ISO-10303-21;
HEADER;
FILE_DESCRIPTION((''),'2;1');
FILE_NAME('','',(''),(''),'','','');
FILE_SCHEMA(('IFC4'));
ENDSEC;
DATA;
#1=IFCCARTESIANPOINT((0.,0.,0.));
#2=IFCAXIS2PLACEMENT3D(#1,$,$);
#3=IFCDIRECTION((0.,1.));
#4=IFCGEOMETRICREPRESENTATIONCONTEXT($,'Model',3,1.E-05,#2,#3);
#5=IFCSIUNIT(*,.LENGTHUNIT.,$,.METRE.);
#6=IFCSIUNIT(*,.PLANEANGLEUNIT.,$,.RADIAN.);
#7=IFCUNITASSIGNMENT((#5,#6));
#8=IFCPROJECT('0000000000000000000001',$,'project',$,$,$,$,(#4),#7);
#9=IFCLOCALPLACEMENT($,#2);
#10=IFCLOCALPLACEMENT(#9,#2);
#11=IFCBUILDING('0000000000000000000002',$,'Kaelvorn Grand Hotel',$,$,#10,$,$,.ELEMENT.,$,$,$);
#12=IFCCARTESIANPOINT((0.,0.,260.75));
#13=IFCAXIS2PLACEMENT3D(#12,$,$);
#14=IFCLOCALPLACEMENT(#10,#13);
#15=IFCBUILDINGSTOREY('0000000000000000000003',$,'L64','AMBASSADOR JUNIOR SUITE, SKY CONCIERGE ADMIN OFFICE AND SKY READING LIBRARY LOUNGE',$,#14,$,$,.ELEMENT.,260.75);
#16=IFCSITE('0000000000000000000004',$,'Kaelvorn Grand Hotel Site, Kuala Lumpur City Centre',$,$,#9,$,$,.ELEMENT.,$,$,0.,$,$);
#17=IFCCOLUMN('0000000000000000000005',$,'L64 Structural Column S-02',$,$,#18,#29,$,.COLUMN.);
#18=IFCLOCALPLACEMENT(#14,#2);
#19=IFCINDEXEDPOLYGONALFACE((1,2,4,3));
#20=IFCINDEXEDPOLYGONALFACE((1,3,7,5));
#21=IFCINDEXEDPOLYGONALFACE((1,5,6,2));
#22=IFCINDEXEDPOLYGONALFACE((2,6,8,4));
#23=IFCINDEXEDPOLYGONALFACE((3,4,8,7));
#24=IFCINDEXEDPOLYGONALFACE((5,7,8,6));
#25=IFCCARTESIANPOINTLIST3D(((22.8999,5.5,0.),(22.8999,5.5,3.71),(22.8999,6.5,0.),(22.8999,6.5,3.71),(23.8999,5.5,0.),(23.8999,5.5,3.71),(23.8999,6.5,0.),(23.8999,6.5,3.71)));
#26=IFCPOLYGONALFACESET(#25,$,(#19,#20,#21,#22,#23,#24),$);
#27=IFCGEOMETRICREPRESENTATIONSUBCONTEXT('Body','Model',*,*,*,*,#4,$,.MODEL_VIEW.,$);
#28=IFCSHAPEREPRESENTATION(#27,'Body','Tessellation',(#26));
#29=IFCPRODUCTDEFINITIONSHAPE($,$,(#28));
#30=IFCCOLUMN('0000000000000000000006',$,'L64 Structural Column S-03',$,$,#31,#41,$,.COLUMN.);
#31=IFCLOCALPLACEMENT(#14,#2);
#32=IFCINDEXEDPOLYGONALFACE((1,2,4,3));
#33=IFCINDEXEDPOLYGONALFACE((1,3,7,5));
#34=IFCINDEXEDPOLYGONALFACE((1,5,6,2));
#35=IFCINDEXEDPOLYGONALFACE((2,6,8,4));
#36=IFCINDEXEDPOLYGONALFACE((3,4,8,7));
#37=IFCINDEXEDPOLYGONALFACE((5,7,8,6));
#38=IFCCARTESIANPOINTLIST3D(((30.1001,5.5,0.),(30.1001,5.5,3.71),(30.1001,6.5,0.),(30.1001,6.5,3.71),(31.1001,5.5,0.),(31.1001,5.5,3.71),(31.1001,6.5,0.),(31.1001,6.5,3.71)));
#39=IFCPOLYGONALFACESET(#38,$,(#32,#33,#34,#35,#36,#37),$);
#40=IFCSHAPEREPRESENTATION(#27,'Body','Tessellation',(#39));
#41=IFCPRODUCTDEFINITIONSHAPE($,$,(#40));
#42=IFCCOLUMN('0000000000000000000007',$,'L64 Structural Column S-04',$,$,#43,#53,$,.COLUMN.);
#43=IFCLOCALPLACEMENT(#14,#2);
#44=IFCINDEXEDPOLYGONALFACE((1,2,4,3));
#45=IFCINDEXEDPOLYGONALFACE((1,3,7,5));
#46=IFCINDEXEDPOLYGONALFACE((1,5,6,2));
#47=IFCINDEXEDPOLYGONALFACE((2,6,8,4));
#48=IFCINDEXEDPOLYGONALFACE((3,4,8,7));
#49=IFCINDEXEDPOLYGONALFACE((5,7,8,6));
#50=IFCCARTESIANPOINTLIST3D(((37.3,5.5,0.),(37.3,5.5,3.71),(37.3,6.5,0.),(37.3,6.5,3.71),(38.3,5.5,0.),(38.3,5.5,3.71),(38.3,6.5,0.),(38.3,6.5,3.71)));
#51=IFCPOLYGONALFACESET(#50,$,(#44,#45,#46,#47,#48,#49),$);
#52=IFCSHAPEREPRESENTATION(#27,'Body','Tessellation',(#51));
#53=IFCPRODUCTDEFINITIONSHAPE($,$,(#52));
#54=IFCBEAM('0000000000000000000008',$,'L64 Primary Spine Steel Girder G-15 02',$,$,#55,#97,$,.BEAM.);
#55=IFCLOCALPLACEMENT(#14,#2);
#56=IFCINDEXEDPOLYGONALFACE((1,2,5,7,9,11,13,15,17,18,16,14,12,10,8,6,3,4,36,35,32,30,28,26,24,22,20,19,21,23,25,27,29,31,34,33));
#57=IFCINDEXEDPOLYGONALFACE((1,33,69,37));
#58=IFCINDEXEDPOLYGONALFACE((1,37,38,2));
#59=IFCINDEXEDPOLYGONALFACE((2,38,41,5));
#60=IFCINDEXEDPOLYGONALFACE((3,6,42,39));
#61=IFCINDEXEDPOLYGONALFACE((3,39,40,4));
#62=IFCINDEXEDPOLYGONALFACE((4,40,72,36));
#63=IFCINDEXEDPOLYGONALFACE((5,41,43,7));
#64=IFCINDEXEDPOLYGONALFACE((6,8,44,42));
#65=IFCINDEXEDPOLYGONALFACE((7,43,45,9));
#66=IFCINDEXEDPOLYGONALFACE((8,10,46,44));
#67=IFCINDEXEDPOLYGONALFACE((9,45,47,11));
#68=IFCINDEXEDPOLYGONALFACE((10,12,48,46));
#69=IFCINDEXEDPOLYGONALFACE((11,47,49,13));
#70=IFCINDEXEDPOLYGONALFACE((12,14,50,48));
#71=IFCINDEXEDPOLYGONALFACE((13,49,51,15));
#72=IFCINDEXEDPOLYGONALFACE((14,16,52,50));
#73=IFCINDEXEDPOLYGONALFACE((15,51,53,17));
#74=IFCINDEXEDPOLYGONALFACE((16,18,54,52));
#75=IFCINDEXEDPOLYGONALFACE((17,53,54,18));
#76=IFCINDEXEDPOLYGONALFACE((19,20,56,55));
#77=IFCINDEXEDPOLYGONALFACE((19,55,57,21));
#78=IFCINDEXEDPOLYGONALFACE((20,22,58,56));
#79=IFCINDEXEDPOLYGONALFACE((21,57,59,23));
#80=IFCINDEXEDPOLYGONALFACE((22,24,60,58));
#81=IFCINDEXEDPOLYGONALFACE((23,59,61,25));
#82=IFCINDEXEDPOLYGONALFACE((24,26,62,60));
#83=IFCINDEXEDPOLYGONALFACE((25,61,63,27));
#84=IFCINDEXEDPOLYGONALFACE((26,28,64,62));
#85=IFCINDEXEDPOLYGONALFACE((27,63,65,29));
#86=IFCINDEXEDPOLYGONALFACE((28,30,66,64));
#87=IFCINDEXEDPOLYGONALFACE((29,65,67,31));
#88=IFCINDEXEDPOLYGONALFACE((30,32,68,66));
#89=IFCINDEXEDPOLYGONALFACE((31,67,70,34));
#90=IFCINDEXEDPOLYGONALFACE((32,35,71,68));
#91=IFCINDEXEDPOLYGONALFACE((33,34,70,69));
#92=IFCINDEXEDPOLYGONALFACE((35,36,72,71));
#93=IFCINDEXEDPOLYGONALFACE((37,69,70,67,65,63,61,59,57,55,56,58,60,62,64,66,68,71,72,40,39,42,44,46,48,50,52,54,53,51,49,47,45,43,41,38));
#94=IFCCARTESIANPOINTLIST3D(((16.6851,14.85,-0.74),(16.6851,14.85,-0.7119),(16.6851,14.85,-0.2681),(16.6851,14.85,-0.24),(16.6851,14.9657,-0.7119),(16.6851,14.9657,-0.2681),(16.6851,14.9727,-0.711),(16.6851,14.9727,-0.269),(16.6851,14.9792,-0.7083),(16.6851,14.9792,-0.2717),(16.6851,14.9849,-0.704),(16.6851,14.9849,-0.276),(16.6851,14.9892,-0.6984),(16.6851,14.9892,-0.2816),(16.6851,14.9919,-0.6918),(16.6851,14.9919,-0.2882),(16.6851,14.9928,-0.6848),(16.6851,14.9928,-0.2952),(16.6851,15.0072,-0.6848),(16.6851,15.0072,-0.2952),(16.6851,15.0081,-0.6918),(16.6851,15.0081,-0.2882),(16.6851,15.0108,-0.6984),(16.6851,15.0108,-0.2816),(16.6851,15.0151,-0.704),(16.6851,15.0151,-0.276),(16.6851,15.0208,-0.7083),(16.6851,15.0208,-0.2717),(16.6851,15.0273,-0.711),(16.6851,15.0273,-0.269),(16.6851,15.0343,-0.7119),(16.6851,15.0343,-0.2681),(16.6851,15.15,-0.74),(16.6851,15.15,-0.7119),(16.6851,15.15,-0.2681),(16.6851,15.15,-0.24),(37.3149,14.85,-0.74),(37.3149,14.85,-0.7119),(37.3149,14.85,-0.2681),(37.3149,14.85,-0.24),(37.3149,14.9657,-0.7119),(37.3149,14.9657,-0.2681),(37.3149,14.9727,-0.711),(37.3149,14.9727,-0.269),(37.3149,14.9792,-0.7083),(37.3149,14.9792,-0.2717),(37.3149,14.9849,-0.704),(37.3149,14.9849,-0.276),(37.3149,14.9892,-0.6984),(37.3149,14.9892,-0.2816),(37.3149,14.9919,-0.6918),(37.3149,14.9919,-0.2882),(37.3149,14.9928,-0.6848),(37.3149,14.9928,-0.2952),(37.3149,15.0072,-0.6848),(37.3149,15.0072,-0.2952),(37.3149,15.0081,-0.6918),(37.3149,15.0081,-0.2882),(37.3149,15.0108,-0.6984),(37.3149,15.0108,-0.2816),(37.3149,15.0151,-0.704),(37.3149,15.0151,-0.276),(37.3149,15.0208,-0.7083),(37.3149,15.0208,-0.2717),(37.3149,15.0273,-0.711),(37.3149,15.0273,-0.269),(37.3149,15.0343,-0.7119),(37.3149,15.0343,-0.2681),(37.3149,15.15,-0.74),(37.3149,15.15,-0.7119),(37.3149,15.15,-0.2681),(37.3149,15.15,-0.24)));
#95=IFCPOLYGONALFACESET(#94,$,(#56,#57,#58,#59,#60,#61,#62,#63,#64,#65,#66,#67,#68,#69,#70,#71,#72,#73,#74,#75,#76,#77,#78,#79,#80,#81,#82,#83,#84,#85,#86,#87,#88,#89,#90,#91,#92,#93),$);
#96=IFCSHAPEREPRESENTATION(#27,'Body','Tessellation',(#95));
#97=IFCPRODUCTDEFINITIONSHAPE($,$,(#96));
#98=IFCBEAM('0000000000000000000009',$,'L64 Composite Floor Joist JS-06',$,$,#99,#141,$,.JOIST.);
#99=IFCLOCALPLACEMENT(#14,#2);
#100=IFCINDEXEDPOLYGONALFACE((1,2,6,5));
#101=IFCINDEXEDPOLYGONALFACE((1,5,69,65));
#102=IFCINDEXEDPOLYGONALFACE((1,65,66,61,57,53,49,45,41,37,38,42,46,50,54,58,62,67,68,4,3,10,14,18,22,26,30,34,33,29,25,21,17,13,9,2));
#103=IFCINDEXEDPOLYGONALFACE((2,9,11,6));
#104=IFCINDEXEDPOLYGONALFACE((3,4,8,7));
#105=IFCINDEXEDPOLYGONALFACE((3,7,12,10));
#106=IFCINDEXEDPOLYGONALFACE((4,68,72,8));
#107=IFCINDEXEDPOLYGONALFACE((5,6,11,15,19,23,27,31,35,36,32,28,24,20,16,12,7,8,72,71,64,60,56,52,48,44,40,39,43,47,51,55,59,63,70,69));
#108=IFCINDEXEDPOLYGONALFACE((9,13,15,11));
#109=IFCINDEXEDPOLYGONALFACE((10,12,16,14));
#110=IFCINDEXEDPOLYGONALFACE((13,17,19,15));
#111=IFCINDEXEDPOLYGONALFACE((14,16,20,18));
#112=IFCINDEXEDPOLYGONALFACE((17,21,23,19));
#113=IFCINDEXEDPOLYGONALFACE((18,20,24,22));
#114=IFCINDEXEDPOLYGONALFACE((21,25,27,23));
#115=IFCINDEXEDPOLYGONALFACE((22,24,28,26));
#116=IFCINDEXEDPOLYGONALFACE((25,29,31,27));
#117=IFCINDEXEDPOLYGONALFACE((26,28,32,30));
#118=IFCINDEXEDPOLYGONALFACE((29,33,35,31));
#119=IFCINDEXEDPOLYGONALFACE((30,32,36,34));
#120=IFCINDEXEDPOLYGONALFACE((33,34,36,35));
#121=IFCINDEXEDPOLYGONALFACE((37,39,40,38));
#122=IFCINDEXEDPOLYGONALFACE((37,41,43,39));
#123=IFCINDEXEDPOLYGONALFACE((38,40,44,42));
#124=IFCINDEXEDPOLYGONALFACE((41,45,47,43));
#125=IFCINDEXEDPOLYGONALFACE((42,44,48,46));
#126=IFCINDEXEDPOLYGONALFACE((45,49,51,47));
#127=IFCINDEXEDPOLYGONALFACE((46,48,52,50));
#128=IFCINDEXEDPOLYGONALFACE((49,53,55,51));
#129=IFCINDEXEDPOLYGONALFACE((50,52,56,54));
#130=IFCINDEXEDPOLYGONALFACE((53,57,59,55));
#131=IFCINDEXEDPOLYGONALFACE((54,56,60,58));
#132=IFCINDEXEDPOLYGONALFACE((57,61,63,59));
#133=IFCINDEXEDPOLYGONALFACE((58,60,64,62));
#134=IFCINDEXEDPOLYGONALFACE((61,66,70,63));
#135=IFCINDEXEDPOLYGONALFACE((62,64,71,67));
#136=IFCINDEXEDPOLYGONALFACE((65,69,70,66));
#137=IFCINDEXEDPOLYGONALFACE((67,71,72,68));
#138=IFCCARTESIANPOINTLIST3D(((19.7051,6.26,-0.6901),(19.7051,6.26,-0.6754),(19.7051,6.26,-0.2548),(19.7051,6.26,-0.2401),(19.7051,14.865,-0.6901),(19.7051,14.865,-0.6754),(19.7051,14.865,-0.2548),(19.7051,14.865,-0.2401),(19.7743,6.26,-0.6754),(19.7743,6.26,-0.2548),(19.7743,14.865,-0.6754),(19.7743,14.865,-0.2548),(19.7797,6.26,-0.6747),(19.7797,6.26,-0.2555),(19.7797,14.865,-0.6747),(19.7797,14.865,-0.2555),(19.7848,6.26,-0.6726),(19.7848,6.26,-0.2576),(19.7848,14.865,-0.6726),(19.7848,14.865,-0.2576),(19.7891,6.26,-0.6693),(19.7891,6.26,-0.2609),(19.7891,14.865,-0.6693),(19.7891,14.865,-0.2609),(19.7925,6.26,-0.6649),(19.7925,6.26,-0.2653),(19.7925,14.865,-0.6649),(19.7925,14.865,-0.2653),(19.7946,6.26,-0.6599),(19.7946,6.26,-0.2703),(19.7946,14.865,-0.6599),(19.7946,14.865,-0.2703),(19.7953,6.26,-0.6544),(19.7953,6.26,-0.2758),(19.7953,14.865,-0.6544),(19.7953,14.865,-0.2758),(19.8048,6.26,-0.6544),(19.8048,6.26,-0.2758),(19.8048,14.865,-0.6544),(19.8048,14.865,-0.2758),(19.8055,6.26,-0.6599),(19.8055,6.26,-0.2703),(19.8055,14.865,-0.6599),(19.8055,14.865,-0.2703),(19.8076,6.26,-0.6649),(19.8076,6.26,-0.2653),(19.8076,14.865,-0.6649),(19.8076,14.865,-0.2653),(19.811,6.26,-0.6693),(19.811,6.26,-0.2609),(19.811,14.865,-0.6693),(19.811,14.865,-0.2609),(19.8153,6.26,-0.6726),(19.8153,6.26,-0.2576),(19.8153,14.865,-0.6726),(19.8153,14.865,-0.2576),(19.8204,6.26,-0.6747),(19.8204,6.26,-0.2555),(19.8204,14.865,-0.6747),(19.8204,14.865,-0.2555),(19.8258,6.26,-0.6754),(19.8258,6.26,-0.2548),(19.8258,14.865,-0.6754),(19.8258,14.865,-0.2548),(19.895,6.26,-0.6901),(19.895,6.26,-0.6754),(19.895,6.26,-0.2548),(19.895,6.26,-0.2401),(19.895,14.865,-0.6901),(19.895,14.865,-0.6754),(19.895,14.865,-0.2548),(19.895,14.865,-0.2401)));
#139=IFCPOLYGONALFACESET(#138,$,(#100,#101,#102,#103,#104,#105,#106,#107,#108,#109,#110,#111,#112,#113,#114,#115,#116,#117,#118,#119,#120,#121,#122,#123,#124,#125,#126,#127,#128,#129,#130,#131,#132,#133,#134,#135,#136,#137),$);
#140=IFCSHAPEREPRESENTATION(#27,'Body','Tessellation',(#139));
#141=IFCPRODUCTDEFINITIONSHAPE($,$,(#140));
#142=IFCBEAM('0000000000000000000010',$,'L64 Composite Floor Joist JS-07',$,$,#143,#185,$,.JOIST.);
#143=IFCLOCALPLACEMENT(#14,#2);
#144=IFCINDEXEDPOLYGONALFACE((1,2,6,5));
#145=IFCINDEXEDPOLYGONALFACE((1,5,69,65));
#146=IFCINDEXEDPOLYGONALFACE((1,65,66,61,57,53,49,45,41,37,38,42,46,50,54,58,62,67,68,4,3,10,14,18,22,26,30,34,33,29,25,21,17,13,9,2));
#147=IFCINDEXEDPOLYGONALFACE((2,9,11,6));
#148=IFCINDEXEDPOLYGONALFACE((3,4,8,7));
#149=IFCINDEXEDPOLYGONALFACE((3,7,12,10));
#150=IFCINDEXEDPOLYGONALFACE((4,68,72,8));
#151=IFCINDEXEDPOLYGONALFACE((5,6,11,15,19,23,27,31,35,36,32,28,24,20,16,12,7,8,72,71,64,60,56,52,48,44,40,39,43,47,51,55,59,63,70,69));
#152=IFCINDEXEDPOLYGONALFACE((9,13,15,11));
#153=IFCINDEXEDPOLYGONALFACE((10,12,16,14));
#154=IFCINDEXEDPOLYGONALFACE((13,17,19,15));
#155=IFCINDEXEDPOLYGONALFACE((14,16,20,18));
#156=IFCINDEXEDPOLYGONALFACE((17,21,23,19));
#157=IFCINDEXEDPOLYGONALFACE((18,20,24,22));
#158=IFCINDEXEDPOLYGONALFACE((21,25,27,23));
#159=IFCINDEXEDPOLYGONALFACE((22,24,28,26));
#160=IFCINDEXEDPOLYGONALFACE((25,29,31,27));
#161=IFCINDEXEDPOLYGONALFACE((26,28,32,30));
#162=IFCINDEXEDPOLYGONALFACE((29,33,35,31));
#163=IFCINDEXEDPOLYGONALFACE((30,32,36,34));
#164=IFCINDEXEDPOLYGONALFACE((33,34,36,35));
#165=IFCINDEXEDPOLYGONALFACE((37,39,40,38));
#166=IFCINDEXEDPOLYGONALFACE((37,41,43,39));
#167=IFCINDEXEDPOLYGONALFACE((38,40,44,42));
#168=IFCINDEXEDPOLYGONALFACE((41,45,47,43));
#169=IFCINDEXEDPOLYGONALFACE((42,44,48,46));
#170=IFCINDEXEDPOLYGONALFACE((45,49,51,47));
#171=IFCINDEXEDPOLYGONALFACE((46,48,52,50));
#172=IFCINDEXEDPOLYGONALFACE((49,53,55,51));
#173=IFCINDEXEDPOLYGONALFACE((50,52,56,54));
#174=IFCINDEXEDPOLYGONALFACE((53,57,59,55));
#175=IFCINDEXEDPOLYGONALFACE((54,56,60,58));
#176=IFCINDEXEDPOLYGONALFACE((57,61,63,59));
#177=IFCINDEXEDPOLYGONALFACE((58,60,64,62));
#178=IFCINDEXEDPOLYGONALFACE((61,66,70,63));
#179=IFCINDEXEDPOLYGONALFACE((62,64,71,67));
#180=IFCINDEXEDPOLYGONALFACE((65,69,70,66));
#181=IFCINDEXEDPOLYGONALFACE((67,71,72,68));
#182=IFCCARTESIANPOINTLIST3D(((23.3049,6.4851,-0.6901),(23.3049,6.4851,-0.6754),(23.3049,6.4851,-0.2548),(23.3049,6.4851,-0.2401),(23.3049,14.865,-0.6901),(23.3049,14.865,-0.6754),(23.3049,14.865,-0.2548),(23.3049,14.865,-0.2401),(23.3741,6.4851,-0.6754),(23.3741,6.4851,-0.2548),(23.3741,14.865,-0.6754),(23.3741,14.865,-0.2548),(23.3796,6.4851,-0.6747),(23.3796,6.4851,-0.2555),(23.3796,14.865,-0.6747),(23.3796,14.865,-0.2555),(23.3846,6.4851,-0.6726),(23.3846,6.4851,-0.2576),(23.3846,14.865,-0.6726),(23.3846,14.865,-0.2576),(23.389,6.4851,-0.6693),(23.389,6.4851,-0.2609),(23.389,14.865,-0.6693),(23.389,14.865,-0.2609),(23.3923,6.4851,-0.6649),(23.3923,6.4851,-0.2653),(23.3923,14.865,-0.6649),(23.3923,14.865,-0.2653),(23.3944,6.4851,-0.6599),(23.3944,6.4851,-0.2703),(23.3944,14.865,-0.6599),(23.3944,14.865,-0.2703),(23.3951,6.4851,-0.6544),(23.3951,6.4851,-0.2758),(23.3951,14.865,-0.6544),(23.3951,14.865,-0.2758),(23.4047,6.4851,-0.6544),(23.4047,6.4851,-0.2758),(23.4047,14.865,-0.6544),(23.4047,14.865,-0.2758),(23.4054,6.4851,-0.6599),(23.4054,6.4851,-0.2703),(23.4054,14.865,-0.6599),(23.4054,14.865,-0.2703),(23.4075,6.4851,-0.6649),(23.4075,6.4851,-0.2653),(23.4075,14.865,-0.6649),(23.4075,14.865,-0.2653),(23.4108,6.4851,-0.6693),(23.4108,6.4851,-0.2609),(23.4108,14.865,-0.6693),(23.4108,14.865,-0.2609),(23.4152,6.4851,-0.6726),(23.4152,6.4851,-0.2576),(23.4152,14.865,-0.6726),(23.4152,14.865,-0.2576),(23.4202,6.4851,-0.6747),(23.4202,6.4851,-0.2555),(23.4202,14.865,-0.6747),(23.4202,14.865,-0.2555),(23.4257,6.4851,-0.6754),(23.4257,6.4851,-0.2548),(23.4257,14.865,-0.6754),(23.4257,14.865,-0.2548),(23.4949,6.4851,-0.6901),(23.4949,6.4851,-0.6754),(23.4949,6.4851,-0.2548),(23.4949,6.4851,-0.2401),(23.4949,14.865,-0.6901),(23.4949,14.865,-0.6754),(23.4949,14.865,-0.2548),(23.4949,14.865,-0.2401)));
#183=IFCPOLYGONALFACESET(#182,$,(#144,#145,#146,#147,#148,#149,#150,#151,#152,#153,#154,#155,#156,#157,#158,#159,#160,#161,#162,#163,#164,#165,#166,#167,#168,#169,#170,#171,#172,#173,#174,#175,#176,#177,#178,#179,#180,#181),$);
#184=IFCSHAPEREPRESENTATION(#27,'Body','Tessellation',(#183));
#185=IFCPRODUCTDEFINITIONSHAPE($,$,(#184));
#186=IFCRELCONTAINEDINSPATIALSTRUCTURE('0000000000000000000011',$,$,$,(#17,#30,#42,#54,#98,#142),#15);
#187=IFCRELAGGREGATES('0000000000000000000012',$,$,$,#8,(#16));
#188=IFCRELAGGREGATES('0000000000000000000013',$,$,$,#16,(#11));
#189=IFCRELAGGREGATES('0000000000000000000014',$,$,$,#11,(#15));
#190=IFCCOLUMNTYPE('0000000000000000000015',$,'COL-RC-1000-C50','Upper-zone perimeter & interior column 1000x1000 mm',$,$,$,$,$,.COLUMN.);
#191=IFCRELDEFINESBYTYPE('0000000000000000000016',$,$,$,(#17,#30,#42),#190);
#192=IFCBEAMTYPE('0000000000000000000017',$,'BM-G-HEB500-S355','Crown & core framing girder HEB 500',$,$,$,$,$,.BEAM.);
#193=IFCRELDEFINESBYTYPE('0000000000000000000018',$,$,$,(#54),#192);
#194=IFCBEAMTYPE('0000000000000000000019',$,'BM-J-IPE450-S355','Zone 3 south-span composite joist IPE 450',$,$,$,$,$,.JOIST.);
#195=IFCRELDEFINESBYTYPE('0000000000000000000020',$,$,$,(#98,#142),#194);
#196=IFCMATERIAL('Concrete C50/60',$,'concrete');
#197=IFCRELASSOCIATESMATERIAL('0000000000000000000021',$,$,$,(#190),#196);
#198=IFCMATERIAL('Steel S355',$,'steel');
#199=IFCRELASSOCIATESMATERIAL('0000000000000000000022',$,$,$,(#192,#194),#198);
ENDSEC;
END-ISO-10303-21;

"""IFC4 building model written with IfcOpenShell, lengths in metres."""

from ifc_helpers import new_model, si_unit, direction, frame, origin, origin_2d, place, context, subcontext, project, spatial, rectangle, i_section, extrude, material, material_profile, profile_set, type_object, element, save


model = new_model("IFC4")

# Units and contexts
model_context = context("Model", 3, precision=1e-05, world=origin(), true_north=direction((0.0, 1.0)))
body_context = subcontext(model_context, "Body", "Model", "MODEL_VIEW")
ifc_project = project(units=[si_unit("LENGTHUNIT", "METRE"), si_unit("PLANEANGLEUNIT", "RADIAN")], contexts=[model_context])

# Site, building, storey
site_placement = place(None, origin())
site = spatial("IfcSite", under=ifc_project, at=site_placement, Name="Kaelvorn Grand Hotel Site, Kuala Lumpur City Centre", CompositionType="ELEMENT", RefElevation=0.0)
building_placement = place(site_placement, origin())
building = spatial("IfcBuilding", under=site, at=building_placement, Name="Kaelvorn Grand Hotel", CompositionType="ELEMENT")
storey_placement = place(building_placement, frame((0.0, 0.0, 260.75)))
storey = spatial("IfcBuildingStorey", under=building, at=storey_placement, Name="L64", Description="AMBASSADOR JUNIOR SUITE, SKY CONCIERGE ADMIN OFFICE AND SKY READING LIBRARY LOUNGE", CompositionType="ELEMENT", Elevation=260.75)

# Columns
ifc_material_1 = material(Name="Concrete C50/60", Category="concrete")
ifc_material_profile_1 = material_profile(ifc_material_1, rectangle(XDim=1.0, YDim=1.0, at=origin_2d()), Name="RC COL 1000x1000")
ifc_profile_set_1 = profile_set([ifc_material_profile_1], Name="Concrete C50/60")
column_type = type_object("IfcColumnType", Name="COL-RC-1000-C50", Description="Upper-zone perimeter & interior column 1000x1000 mm", PredefinedType="COLUMN", material=ifc_profile_set_1)
for number, where, z_axis, x_axis, name in (
    (1, (23.3999, 6.0, 0.0), (0.0, 0.0, 1.0), (1.0, 0.0, 0.0), "L64 Structural Column S-02"),
    (2, (30.6001, 6.0, 0.0), (0.0, 0.0, 1.0), (1.0, 0.0, 0.0), "L64 Structural Column S-03"),
    (3, (37.8, 6.0, 0.0), (0.0, 0.0, 1.0), (1.0, 0.0, 0.0), "L64 Structural Column S-04"),
):
    element("IfcColumn", number, at=place(storey_placement, frame(where, z_axis=z_axis, x_axis=x_axis)), inside=storey, type_object=column_type, Name=name, PredefinedType="COLUMN", context=body_context, shape_type="SweptSolid", body=[
        extrude(rectangle(XDim=1.0, YDim=1.0, at=origin_2d()), origin(), (0.0, 0.0, 1.0), 3.71),
    ])

# Beams
ifc_material_2 = material(Name="Steel S355", Category="steel")
ifc_material_profile_2 = material_profile(ifc_material_2, i_section(OverallWidth=0.3, OverallDepth=0.5, WebThickness=0.0144, FlangeThickness=0.0281, FilletRadius=0.0271, at=origin_2d()), Name="HEB 500")
ifc_profile_set_2 = profile_set([ifc_material_profile_2], Name="Steel S355")
beam_type_1 = type_object("IfcBeamType", Name="BM-G-HEB500-S355", Description="Crown & core framing girder HEB 500", PredefinedType="BEAM", material=ifc_profile_set_2)
beam_1_placement = place(storey_placement, frame((16.6851, 15.0, -0.49), z_axis=(1.0, 0.0, 0.0), x_axis=(0.0, 1.0, 0.0)))
element("IfcBeam", 4, at=beam_1_placement, inside=storey, type_object=beam_type_1, Name="L64 Primary Spine Steel Girder G-15 02", PredefinedType="BEAM", context=body_context, shape_type="SweptSolid", body=[
    extrude(i_section(OverallWidth=0.3, OverallDepth=0.5, WebThickness=0.0144, FlangeThickness=0.0281, FilletRadius=0.0271, at=origin_2d()), origin(), (0.0, 0.0, 1.0), 20.6299),
])
ifc_material_profile_3 = material_profile(ifc_material_2, i_section(OverallWidth=0.1899, OverallDepth=0.45, WebThickness=0.0095, FlangeThickness=0.0146, FilletRadius=0.021, at=origin_2d()), Name="IPE 450")
ifc_profile_set_3 = profile_set([ifc_material_profile_3], Name="Steel S355")
beam_type_2 = type_object("IfcBeamType", Name="BM-J-IPE450-S355", Description="Zone 3 south-span composite joist IPE 450", PredefinedType="JOIST", material=ifc_profile_set_3)
beam_2_placement = place(storey_placement, frame((19.8, 6.26, -0.4651), z_axis=(0.0, 1.0, 0.0), x_axis=(-1.0, 0.0, 0.0)))
element("IfcBeam", 5, at=beam_2_placement, inside=storey, type_object=beam_type_2, Name="L64 Composite Floor Joist JS-06", PredefinedType="JOIST", context=body_context, shape_type="SweptSolid", body=[
    extrude(i_section(OverallWidth=0.1899, OverallDepth=0.45, WebThickness=0.0095, FlangeThickness=0.0146, FilletRadius=0.021, at=origin_2d()), origin(), (0.0, 0.0, 1.0), 8.605),
])
beam_3_placement = place(storey_placement, frame((23.3999, 6.4851, -0.4651), z_axis=(0.0, 1.0, 0.0), x_axis=(-1.0, 0.0, 0.0)))
element("IfcBeam", 6, at=beam_3_placement, inside=storey, type_object=beam_type_2, Name="L64 Composite Floor Joist JS-07", PredefinedType="JOIST", context=body_context, shape_type="SweptSolid", body=[
    extrude(i_section(OverallWidth=0.1899, OverallDepth=0.45, WebThickness=0.0095, FlangeThickness=0.0146, FilletRadius=0.021, at=origin_2d()), origin(), (0.0, 0.0, 1.0), 8.3799),
])

save(model, "model.ifc")
